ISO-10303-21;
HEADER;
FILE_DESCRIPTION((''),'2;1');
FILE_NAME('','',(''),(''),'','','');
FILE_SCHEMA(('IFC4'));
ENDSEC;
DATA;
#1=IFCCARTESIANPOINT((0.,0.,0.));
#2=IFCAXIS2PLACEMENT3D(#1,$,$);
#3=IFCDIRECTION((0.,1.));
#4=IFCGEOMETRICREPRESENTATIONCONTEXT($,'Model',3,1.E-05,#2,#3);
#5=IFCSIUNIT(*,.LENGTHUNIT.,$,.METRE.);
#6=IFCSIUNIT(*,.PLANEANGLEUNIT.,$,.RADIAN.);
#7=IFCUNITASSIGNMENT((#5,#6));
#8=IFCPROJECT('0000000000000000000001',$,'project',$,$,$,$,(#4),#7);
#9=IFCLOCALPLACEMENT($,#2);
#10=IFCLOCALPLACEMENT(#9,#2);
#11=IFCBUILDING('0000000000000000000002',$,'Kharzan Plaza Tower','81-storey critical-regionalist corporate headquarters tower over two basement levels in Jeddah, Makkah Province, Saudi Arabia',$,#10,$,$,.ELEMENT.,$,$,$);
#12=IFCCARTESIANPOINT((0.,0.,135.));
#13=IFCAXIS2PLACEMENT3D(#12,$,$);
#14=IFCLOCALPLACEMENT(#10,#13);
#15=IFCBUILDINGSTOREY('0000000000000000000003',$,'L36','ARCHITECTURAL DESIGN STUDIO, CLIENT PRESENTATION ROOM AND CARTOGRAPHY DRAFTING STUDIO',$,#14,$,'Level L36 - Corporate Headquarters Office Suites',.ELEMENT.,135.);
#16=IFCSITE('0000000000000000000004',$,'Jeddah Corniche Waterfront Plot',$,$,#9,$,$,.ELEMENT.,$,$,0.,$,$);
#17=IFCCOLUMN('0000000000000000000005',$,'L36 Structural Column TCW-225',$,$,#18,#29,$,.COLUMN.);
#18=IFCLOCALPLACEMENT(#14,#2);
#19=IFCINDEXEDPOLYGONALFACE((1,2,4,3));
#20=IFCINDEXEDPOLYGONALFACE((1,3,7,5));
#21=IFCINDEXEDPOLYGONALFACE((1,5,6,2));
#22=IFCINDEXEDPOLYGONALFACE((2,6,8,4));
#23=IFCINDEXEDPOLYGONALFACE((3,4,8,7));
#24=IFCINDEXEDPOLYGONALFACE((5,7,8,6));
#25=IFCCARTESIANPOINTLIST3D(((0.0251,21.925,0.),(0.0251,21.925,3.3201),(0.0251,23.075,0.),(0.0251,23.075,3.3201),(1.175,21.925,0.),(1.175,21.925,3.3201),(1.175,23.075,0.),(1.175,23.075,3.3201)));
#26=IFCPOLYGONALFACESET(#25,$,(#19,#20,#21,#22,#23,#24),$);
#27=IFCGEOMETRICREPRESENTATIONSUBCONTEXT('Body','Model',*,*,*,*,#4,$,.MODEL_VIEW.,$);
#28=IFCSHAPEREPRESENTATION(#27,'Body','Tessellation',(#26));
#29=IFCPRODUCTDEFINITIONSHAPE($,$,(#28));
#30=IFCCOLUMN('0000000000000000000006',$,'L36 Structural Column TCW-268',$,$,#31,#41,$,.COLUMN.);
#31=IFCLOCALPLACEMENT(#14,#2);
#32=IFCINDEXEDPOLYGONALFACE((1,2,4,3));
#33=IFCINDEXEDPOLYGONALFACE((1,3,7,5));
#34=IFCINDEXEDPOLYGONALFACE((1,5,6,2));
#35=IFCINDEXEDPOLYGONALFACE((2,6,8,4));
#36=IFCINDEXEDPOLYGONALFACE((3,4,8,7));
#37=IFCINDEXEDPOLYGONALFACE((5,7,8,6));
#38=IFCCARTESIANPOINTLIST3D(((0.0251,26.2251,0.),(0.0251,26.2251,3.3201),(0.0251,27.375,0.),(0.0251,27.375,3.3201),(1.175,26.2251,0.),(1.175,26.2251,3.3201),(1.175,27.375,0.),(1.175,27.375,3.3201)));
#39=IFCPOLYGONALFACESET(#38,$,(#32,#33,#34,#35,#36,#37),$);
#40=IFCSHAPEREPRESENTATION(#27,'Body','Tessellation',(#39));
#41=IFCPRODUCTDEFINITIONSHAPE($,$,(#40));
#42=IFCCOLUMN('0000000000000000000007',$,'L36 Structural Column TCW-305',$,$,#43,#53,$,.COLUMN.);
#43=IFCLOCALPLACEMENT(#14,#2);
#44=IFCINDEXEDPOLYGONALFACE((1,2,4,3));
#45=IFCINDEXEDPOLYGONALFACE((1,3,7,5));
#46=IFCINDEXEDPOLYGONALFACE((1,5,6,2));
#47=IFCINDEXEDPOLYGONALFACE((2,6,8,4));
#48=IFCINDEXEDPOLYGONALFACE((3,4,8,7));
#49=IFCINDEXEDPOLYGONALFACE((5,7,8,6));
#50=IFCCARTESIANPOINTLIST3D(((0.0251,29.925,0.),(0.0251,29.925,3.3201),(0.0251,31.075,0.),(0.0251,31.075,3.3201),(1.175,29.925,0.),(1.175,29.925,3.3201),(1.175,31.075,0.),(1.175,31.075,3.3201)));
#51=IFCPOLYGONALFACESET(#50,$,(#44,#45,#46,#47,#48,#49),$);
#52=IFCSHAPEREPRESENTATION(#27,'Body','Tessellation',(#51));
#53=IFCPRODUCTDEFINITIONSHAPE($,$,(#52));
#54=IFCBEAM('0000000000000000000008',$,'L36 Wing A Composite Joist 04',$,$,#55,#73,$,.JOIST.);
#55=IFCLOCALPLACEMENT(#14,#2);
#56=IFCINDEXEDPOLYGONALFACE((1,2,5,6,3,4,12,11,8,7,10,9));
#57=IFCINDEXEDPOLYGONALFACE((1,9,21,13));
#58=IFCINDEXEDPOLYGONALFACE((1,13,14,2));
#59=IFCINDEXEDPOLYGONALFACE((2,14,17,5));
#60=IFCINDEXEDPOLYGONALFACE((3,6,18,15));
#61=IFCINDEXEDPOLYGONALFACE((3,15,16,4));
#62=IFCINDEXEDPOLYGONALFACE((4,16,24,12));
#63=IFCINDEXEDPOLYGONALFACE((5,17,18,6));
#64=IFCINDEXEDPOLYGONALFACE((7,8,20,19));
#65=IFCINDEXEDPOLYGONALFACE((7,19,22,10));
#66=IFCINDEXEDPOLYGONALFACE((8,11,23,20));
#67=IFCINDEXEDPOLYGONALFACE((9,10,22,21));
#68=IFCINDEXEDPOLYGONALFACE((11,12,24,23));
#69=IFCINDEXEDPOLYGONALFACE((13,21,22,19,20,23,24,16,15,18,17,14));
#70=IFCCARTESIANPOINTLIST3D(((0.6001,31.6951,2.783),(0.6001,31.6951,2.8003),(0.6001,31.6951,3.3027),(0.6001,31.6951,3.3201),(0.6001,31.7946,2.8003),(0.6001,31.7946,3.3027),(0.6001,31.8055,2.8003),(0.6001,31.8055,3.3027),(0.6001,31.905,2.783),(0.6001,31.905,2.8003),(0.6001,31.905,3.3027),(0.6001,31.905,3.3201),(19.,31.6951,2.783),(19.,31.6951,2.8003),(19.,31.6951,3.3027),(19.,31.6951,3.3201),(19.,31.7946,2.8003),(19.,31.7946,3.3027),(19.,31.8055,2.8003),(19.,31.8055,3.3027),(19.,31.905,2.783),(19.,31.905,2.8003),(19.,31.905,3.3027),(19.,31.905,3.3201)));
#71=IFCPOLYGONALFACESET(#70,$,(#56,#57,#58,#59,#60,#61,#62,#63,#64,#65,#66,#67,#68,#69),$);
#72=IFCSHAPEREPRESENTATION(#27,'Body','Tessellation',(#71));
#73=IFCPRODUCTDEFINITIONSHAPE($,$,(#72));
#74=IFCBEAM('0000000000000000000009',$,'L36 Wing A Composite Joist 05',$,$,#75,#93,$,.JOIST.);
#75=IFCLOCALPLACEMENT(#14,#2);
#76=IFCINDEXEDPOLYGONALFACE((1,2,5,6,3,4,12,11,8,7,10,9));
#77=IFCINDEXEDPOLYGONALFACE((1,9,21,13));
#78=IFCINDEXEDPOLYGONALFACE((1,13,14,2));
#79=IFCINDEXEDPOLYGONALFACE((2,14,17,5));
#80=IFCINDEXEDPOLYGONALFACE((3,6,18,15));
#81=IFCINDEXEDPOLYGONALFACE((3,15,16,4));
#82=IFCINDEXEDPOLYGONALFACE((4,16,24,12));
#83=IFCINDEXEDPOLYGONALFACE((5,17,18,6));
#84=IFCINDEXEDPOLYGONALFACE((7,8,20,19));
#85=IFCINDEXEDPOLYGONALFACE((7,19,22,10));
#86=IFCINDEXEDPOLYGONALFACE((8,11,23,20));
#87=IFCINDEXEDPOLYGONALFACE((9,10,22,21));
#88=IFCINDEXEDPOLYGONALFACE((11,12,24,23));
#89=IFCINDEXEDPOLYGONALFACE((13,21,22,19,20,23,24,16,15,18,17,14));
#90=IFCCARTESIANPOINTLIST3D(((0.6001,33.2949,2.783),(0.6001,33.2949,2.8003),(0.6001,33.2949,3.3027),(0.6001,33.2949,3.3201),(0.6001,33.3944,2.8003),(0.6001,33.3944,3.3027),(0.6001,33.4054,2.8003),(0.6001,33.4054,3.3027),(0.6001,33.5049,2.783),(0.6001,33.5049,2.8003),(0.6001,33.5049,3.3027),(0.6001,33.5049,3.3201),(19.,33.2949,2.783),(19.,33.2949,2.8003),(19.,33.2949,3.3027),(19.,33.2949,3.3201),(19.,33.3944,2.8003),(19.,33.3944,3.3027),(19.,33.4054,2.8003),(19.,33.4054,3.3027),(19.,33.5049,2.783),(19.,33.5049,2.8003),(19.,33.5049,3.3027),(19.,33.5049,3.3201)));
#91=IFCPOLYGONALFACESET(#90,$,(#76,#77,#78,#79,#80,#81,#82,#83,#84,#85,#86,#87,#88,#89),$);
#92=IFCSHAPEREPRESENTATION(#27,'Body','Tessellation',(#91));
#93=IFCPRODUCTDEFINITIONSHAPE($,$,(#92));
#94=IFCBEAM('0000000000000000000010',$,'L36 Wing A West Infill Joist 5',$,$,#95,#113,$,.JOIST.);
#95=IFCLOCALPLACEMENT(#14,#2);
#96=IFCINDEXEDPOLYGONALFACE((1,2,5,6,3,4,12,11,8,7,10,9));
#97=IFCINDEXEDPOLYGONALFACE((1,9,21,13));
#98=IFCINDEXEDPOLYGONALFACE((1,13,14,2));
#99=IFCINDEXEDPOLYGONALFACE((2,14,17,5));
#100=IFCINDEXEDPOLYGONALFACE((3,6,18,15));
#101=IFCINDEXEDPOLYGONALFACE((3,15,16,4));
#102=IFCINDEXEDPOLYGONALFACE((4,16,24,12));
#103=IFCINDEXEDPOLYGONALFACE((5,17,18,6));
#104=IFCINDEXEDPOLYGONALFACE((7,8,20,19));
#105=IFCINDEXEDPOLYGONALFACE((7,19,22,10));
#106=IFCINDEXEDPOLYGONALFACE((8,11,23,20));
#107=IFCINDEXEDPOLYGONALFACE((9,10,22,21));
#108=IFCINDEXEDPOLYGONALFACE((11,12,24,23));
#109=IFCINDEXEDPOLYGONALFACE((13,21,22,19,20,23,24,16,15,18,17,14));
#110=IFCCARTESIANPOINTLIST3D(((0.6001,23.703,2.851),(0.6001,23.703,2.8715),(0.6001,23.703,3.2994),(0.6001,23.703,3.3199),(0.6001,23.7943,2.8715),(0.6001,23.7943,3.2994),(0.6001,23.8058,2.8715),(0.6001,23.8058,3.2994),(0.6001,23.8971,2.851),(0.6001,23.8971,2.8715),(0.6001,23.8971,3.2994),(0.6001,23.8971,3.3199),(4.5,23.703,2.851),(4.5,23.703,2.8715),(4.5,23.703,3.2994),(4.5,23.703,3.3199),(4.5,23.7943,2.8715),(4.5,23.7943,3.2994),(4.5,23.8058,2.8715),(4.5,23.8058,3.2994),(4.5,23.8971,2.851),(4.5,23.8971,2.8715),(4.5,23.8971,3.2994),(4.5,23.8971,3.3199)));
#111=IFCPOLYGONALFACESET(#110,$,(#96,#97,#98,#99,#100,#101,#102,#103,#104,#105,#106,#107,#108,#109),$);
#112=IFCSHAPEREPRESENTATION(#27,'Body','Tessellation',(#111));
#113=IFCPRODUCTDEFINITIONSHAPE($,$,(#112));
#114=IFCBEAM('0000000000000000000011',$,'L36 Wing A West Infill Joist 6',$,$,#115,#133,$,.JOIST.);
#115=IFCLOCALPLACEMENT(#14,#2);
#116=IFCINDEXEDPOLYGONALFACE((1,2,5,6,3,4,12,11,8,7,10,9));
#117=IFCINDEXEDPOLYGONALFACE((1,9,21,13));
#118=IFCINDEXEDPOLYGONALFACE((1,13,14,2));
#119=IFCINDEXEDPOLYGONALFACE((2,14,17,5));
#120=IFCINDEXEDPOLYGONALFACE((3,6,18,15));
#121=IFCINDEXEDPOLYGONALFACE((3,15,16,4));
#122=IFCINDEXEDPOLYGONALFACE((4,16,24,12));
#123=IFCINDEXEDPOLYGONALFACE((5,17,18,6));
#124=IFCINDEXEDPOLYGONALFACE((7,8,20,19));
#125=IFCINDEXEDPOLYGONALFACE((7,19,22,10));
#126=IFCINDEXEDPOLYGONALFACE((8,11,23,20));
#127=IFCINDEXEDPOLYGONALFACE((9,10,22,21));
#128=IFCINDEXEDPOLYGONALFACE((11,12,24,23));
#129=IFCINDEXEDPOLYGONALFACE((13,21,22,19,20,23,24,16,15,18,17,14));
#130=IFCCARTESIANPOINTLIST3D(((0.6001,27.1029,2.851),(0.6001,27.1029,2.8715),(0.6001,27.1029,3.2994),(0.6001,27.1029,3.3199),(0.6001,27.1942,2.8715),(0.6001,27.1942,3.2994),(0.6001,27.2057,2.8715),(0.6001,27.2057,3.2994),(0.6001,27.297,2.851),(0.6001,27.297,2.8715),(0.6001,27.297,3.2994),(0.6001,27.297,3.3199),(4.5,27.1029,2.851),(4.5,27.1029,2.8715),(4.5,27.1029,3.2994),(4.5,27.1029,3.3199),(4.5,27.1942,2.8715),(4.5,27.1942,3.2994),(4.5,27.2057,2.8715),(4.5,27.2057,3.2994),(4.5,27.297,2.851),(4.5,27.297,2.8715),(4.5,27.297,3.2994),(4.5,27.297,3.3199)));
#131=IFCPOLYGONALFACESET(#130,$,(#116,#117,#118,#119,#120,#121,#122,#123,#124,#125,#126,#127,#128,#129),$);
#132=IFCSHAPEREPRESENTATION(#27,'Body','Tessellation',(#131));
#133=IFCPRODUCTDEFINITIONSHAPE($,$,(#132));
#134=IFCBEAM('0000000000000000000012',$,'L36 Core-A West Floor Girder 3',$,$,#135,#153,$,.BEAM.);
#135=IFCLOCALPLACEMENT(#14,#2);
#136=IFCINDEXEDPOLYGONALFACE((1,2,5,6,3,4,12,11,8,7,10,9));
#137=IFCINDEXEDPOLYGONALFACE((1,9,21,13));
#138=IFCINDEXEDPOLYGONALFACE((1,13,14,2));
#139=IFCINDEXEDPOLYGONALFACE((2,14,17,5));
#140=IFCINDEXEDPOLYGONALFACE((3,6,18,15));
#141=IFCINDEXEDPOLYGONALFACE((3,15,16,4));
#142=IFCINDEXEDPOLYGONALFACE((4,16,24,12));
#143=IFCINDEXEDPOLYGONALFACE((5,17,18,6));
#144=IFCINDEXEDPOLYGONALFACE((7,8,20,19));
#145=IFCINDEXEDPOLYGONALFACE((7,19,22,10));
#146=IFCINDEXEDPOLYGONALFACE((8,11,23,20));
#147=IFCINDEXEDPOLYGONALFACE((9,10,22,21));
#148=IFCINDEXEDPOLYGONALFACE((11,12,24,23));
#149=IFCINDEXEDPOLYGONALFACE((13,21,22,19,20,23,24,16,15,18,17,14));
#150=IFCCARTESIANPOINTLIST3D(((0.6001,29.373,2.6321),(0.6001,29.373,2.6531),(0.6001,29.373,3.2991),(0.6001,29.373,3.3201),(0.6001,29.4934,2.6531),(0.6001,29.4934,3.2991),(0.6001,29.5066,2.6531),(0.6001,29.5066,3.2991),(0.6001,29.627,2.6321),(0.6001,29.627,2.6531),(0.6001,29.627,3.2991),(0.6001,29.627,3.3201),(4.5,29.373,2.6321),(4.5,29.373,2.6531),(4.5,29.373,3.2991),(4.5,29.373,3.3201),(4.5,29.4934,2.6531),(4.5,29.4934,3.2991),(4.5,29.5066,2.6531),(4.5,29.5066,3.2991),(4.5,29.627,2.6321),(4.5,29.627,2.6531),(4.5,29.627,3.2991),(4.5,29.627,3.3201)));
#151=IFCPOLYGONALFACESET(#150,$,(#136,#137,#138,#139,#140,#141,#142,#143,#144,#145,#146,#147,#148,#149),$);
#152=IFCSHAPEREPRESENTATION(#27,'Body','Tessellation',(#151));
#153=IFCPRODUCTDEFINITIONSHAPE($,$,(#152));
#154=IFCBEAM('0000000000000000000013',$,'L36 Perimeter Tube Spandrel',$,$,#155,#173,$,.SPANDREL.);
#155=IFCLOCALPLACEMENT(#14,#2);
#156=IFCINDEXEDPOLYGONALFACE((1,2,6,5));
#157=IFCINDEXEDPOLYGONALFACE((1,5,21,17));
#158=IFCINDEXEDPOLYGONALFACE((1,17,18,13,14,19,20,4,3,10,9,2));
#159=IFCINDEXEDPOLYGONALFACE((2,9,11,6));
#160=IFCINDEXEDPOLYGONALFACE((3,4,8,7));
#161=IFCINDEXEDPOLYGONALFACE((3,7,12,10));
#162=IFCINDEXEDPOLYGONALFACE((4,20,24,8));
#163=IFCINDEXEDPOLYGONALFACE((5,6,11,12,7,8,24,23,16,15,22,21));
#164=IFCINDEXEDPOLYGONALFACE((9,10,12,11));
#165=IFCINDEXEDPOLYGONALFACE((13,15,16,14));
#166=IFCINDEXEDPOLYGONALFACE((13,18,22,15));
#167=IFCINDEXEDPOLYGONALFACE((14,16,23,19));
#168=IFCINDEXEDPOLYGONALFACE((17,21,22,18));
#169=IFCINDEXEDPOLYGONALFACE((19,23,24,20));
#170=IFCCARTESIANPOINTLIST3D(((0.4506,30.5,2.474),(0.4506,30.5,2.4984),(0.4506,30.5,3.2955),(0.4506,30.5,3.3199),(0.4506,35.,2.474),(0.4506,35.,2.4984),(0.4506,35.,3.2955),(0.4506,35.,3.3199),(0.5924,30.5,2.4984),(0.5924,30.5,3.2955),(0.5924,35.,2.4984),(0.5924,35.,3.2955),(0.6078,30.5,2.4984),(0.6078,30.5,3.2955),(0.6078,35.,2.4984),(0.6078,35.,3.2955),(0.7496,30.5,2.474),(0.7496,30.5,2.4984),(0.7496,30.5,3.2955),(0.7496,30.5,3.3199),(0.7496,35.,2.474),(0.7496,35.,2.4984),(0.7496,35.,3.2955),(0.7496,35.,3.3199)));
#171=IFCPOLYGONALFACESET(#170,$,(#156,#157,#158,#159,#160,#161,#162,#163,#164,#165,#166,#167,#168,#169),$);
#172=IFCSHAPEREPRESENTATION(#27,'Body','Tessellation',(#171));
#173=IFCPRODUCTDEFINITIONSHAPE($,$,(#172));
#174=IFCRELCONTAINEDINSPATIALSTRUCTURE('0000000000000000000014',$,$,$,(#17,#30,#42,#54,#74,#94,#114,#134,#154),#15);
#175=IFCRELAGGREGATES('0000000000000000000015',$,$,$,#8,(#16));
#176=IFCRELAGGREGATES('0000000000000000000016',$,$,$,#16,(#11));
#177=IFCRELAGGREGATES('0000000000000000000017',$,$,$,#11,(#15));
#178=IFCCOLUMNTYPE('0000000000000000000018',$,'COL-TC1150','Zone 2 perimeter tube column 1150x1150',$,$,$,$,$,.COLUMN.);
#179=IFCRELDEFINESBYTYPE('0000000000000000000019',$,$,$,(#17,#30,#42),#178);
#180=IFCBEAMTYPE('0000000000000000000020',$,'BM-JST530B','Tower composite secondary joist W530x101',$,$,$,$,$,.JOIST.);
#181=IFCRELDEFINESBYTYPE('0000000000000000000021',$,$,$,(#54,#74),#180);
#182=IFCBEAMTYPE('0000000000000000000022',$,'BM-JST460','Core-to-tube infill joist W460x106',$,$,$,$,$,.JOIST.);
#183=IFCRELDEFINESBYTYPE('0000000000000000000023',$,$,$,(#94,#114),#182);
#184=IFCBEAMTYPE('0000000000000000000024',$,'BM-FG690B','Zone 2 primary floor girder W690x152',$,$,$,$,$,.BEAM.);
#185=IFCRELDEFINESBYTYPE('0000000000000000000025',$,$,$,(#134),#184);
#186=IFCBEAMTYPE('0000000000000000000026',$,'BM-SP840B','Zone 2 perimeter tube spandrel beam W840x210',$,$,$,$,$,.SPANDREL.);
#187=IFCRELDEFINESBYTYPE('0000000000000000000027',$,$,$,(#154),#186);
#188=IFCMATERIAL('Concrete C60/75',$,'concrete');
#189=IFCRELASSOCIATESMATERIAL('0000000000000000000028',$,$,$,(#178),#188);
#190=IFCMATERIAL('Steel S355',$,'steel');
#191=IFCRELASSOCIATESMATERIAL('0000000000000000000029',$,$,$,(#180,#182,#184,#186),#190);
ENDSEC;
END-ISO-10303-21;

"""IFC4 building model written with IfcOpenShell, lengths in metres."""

from ifc_helpers import new_model, si_unit, direction, frame, origin, origin_2d, place, context, subcontext, project, spatial, rectangle, i_section, extrude, source, transform, mapped, material, material_profile, profile_set, type_object, element, save


model = new_model("IFC4")

# Units and contexts
model_context = context("Model", 3, precision=1e-05, world=origin(), true_north=direction((0.0, 1.0)))
body_context = subcontext(model_context, "Body", "Model", "MODEL_VIEW")
ifc_project = project(units=[si_unit("LENGTHUNIT", "METRE"), si_unit("PLANEANGLEUNIT", "RADIAN")], contexts=[model_context])

# Site, building, storey
site_placement = place(None, origin())
site = spatial("IfcSite", under=ifc_project, at=site_placement, Name="Jeddah Corniche Waterfront Plot", CompositionType="ELEMENT", RefElevation=0.0)
building_placement = place(site_placement, origin())
building = spatial("IfcBuilding", under=site, at=building_placement, Name="Kharzan Plaza Tower", Description="81-storey critical-regionalist corporate headquarters tower over two basement levels in Jeddah, Makkah Province, Saudi Arabia", CompositionType="ELEMENT")
storey_placement = place(building_placement, frame((0.0, 0.0, 135.0)))
storey = spatial("IfcBuildingStorey", under=building, at=storey_placement, Name="L36", Description="ARCHITECTURAL DESIGN STUDIO, CLIENT PRESENTATION ROOM AND CARTOGRAPHY DRAFTING STUDIO", LongName="Level L36 - Corporate Headquarters Office Suites", CompositionType="ELEMENT", Elevation=135.0)

# Columns
ifc_material_1 = material(Name="Concrete C60/75", Category="concrete")
ifc_material_profile_1 = material_profile(ifc_material_1, rectangle(XDim=1.1499, YDim=1.1499, at=origin_2d()), Name="RC-TC1150x1150")
ifc_profile_set_1 = profile_set([ifc_material_profile_1], Name="Concrete C60/75")
column_type = type_object("IfcColumnType", Name="COL-TC1150", Description="Zone 2 perimeter tube column 1150x1150", PredefinedType="COLUMN", material=ifc_profile_set_1)
shared_shape_1 = source(origin(), body_context, "Body", "SweptSolid", [
    extrude(rectangle(XDim=1.1499, YDim=1.1499, at=origin_2d()), origin(), (0.0, 0.0, 1.0), 3.3201),
])
for number, where, z_axis, x_axis, name in (
    (1, (0.6001, 22.5, 0.0), (0.0, 0.0, 1.0), (1.0, 0.0, 0.0), "L36 Structural Column TCW-225"),
    (2, (0.6001, 26.8, 0.0), (0.0, 0.0, 1.0), (1.0, 0.0, 0.0), "L36 Structural Column TCW-268"),
    (3, (0.6001, 30.5, 0.0), (0.0, 0.0, 1.0), (1.0, 0.0, 0.0), "L36 Structural Column TCW-305"),
):
    element("IfcColumn", number, at=place(storey_placement, frame(where, z_axis=z_axis, x_axis=x_axis)), inside=storey, type_object=column_type, Name=name, PredefinedType="COLUMN", context=body_context, shape_type="MappedRepresentation", body=[
        mapped(shared_shape_1, transform((0.0, 0.0, 0.0), x_axis=(1.0, 0.0, 0.0), y_axis=(0.0, 1.0, 0.0), z_axis=(0.0, 0.0, 1.0))),
    ])

# Beams
ifc_material_2 = material(Name="Steel S355", Category="steel")
ifc_material_profile_2 = material_profile(ifc_material_2, i_section(OverallWidth=0.21, OverallDepth=0.5371, WebThickness=0.011, FlangeThickness=0.0173, at=origin_2d()), Name="W530x101")
ifc_profile_set_2 = profile_set([ifc_material_profile_2], Name="Steel S355")
beam_type_1 = type_object("IfcBeamType", Name="BM-JST530B", Description="Tower composite secondary joist W530x101", PredefinedType="JOIST", material=ifc_profile_set_2)
shared_shape_2 = source(origin(), body_context, "Body", "SweptSolid", [
    extrude(i_section(OverallWidth=0.21, OverallDepth=0.5371, WebThickness=0.011, FlangeThickness=0.0173, at=origin_2d()), origin(), (0.0, 0.0, 1.0), 18.3999),
])
for number, where, z_axis, x_axis, name in (
    (4, (0.6001, 31.8, 3.0515), (1.0, 0.0, 0.0), (0.0, 1.0, 0.0), "L36 Wing A Composite Joist 04"),
    (5, (0.6001, 33.3999, 3.0515), (1.0, 0.0, 0.0), (0.0, 1.0, 0.0), "L36 Wing A Composite Joist 05"),
):
    element("IfcBeam", number, at=place(storey_placement, frame(where, z_axis=z_axis, x_axis=x_axis)), inside=storey, type_object=beam_type_1, Name=name, PredefinedType="JOIST", context=body_context, shape_type="MappedRepresentation", body=[
        mapped(shared_shape_2, transform((0.0, 0.0, 0.0), x_axis=(1.0, 0.0, 0.0), y_axis=(0.0, 1.0, 0.0), z_axis=(0.0, 0.0, 1.0))),
    ])
ifc_material_profile_3 = material_profile(ifc_material_2, i_section(OverallWidth=0.1941, OverallDepth=0.469, WebThickness=0.0115, FlangeThickness=0.0205, at=origin_2d()), Name="W460x106")
ifc_profile_set_3 = profile_set([ifc_material_profile_3], Name="Steel S355")
beam_type_2 = type_object("IfcBeamType", Name="BM-JST460", Description="Core-to-tube infill joist W460x106", PredefinedType="JOIST", material=ifc_profile_set_3)
shared_shape_3 = source(origin(), body_context, "Body", "SweptSolid", [
    extrude(i_section(OverallWidth=0.1941, OverallDepth=0.469, WebThickness=0.0115, FlangeThickness=0.0205, at=origin_2d()), origin(), (0.0, 0.0, 1.0), 3.8999),
])
for number, where, z_axis, x_axis, name in (
    (6, (0.6001, 23.8, 3.0854), (1.0, 0.0, 0.0), (0.0, 1.0, 0.0), "L36 Wing A West Infill Joist 5"),
    (7, (0.6001, 27.2, 3.0854), (1.0, 0.0, 0.0), (0.0, 1.0, 0.0), "L36 Wing A West Infill Joist 6"),
):
    element("IfcBeam", number, at=place(storey_placement, frame(where, z_axis=z_axis, x_axis=x_axis)), inside=storey, type_object=beam_type_2, Name=name, PredefinedType="JOIST", context=body_context, shape_type="MappedRepresentation", body=[
        mapped(shared_shape_3, transform((0.0, 0.0, 0.0), x_axis=(1.0, 0.0, 0.0), y_axis=(0.0, 1.0, 0.0), z_axis=(0.0, 0.0, 1.0))),
    ])
ifc_material_profile_4 = material_profile(ifc_material_2, i_section(OverallWidth=0.2539, OverallDepth=0.688, WebThickness=0.0132, FlangeThickness=0.021, at=origin_2d()), Name="W690x152")
ifc_profile_set_4 = profile_set([ifc_material_profile_4], Name="Steel S355")
beam_type_3 = type_object("IfcBeamType", Name="BM-FG690B", Description="Zone 2 primary floor girder W690x152", PredefinedType="BEAM", material=ifc_profile_set_4)
shared_shape_4 = source(origin(), body_context, "Body", "SweptSolid", [
    extrude(i_section(OverallWidth=0.2539, OverallDepth=0.688, WebThickness=0.0132, FlangeThickness=0.021, at=origin_2d()), origin(), (0.0, 0.0, 1.0), 3.8999),
])
beam_1_placement = place(storey_placement, frame((0.6001, 29.5, 2.9761), z_axis=(1.0, 0.0, 0.0), x_axis=(0.0, 1.0, 0.0)))
element("IfcBeam", 8, at=beam_1_placement, inside=storey, type_object=beam_type_3, Name="L36 Core-A West Floor Girder 3", PredefinedType="BEAM", context=body_context, shape_type="MappedRepresentation", body=[
    mapped(shared_shape_4, transform((0.0, 0.0, 0.0), x_axis=(1.0, 0.0, 0.0), y_axis=(0.0, 1.0, 0.0), z_axis=(0.0, 0.0, 1.0))),
])
ifc_material_profile_5 = material_profile(ifc_material_2, i_section(OverallWidth=0.2991, OverallDepth=0.8459, WebThickness=0.0154, FlangeThickness=0.0244, at=origin_2d()), Name="W840x210")
ifc_profile_set_5 = profile_set([ifc_material_profile_5], Name="Steel S355")
beam_type_4 = type_object("IfcBeamType", Name="BM-SP840B", Description="Zone 2 perimeter tube spandrel beam W840x210", PredefinedType="SPANDREL", material=ifc_profile_set_5)
shared_shape_5 = source(origin(), body_context, "Body", "SweptSolid", [
    extrude(i_section(OverallWidth=0.2991, OverallDepth=0.8459, WebThickness=0.0154, FlangeThickness=0.0244, at=origin_2d()), origin(), (0.0, 0.0, 1.0), 4.5),
])
beam_2_placement = place(storey_placement, frame((0.6001, 30.5, 2.897), z_axis=(0.0, 1.0, 0.0), x_axis=(-1.0, 0.0, 0.0)))
element("IfcBeam", 9, at=beam_2_placement, inside=storey, type_object=beam_type_4, Name="L36 Perimeter Tube Spandrel", PredefinedType="SPANDREL", context=body_context, shape_type="MappedRepresentation", body=[
    mapped(shared_shape_5, transform((0.0, 0.0, 0.0), x_axis=(1.0, 0.0, 0.0), y_axis=(0.0, 1.0, 0.0), z_axis=(0.0, 0.0, 1.0))),
])

save(model, "model.ifc")
